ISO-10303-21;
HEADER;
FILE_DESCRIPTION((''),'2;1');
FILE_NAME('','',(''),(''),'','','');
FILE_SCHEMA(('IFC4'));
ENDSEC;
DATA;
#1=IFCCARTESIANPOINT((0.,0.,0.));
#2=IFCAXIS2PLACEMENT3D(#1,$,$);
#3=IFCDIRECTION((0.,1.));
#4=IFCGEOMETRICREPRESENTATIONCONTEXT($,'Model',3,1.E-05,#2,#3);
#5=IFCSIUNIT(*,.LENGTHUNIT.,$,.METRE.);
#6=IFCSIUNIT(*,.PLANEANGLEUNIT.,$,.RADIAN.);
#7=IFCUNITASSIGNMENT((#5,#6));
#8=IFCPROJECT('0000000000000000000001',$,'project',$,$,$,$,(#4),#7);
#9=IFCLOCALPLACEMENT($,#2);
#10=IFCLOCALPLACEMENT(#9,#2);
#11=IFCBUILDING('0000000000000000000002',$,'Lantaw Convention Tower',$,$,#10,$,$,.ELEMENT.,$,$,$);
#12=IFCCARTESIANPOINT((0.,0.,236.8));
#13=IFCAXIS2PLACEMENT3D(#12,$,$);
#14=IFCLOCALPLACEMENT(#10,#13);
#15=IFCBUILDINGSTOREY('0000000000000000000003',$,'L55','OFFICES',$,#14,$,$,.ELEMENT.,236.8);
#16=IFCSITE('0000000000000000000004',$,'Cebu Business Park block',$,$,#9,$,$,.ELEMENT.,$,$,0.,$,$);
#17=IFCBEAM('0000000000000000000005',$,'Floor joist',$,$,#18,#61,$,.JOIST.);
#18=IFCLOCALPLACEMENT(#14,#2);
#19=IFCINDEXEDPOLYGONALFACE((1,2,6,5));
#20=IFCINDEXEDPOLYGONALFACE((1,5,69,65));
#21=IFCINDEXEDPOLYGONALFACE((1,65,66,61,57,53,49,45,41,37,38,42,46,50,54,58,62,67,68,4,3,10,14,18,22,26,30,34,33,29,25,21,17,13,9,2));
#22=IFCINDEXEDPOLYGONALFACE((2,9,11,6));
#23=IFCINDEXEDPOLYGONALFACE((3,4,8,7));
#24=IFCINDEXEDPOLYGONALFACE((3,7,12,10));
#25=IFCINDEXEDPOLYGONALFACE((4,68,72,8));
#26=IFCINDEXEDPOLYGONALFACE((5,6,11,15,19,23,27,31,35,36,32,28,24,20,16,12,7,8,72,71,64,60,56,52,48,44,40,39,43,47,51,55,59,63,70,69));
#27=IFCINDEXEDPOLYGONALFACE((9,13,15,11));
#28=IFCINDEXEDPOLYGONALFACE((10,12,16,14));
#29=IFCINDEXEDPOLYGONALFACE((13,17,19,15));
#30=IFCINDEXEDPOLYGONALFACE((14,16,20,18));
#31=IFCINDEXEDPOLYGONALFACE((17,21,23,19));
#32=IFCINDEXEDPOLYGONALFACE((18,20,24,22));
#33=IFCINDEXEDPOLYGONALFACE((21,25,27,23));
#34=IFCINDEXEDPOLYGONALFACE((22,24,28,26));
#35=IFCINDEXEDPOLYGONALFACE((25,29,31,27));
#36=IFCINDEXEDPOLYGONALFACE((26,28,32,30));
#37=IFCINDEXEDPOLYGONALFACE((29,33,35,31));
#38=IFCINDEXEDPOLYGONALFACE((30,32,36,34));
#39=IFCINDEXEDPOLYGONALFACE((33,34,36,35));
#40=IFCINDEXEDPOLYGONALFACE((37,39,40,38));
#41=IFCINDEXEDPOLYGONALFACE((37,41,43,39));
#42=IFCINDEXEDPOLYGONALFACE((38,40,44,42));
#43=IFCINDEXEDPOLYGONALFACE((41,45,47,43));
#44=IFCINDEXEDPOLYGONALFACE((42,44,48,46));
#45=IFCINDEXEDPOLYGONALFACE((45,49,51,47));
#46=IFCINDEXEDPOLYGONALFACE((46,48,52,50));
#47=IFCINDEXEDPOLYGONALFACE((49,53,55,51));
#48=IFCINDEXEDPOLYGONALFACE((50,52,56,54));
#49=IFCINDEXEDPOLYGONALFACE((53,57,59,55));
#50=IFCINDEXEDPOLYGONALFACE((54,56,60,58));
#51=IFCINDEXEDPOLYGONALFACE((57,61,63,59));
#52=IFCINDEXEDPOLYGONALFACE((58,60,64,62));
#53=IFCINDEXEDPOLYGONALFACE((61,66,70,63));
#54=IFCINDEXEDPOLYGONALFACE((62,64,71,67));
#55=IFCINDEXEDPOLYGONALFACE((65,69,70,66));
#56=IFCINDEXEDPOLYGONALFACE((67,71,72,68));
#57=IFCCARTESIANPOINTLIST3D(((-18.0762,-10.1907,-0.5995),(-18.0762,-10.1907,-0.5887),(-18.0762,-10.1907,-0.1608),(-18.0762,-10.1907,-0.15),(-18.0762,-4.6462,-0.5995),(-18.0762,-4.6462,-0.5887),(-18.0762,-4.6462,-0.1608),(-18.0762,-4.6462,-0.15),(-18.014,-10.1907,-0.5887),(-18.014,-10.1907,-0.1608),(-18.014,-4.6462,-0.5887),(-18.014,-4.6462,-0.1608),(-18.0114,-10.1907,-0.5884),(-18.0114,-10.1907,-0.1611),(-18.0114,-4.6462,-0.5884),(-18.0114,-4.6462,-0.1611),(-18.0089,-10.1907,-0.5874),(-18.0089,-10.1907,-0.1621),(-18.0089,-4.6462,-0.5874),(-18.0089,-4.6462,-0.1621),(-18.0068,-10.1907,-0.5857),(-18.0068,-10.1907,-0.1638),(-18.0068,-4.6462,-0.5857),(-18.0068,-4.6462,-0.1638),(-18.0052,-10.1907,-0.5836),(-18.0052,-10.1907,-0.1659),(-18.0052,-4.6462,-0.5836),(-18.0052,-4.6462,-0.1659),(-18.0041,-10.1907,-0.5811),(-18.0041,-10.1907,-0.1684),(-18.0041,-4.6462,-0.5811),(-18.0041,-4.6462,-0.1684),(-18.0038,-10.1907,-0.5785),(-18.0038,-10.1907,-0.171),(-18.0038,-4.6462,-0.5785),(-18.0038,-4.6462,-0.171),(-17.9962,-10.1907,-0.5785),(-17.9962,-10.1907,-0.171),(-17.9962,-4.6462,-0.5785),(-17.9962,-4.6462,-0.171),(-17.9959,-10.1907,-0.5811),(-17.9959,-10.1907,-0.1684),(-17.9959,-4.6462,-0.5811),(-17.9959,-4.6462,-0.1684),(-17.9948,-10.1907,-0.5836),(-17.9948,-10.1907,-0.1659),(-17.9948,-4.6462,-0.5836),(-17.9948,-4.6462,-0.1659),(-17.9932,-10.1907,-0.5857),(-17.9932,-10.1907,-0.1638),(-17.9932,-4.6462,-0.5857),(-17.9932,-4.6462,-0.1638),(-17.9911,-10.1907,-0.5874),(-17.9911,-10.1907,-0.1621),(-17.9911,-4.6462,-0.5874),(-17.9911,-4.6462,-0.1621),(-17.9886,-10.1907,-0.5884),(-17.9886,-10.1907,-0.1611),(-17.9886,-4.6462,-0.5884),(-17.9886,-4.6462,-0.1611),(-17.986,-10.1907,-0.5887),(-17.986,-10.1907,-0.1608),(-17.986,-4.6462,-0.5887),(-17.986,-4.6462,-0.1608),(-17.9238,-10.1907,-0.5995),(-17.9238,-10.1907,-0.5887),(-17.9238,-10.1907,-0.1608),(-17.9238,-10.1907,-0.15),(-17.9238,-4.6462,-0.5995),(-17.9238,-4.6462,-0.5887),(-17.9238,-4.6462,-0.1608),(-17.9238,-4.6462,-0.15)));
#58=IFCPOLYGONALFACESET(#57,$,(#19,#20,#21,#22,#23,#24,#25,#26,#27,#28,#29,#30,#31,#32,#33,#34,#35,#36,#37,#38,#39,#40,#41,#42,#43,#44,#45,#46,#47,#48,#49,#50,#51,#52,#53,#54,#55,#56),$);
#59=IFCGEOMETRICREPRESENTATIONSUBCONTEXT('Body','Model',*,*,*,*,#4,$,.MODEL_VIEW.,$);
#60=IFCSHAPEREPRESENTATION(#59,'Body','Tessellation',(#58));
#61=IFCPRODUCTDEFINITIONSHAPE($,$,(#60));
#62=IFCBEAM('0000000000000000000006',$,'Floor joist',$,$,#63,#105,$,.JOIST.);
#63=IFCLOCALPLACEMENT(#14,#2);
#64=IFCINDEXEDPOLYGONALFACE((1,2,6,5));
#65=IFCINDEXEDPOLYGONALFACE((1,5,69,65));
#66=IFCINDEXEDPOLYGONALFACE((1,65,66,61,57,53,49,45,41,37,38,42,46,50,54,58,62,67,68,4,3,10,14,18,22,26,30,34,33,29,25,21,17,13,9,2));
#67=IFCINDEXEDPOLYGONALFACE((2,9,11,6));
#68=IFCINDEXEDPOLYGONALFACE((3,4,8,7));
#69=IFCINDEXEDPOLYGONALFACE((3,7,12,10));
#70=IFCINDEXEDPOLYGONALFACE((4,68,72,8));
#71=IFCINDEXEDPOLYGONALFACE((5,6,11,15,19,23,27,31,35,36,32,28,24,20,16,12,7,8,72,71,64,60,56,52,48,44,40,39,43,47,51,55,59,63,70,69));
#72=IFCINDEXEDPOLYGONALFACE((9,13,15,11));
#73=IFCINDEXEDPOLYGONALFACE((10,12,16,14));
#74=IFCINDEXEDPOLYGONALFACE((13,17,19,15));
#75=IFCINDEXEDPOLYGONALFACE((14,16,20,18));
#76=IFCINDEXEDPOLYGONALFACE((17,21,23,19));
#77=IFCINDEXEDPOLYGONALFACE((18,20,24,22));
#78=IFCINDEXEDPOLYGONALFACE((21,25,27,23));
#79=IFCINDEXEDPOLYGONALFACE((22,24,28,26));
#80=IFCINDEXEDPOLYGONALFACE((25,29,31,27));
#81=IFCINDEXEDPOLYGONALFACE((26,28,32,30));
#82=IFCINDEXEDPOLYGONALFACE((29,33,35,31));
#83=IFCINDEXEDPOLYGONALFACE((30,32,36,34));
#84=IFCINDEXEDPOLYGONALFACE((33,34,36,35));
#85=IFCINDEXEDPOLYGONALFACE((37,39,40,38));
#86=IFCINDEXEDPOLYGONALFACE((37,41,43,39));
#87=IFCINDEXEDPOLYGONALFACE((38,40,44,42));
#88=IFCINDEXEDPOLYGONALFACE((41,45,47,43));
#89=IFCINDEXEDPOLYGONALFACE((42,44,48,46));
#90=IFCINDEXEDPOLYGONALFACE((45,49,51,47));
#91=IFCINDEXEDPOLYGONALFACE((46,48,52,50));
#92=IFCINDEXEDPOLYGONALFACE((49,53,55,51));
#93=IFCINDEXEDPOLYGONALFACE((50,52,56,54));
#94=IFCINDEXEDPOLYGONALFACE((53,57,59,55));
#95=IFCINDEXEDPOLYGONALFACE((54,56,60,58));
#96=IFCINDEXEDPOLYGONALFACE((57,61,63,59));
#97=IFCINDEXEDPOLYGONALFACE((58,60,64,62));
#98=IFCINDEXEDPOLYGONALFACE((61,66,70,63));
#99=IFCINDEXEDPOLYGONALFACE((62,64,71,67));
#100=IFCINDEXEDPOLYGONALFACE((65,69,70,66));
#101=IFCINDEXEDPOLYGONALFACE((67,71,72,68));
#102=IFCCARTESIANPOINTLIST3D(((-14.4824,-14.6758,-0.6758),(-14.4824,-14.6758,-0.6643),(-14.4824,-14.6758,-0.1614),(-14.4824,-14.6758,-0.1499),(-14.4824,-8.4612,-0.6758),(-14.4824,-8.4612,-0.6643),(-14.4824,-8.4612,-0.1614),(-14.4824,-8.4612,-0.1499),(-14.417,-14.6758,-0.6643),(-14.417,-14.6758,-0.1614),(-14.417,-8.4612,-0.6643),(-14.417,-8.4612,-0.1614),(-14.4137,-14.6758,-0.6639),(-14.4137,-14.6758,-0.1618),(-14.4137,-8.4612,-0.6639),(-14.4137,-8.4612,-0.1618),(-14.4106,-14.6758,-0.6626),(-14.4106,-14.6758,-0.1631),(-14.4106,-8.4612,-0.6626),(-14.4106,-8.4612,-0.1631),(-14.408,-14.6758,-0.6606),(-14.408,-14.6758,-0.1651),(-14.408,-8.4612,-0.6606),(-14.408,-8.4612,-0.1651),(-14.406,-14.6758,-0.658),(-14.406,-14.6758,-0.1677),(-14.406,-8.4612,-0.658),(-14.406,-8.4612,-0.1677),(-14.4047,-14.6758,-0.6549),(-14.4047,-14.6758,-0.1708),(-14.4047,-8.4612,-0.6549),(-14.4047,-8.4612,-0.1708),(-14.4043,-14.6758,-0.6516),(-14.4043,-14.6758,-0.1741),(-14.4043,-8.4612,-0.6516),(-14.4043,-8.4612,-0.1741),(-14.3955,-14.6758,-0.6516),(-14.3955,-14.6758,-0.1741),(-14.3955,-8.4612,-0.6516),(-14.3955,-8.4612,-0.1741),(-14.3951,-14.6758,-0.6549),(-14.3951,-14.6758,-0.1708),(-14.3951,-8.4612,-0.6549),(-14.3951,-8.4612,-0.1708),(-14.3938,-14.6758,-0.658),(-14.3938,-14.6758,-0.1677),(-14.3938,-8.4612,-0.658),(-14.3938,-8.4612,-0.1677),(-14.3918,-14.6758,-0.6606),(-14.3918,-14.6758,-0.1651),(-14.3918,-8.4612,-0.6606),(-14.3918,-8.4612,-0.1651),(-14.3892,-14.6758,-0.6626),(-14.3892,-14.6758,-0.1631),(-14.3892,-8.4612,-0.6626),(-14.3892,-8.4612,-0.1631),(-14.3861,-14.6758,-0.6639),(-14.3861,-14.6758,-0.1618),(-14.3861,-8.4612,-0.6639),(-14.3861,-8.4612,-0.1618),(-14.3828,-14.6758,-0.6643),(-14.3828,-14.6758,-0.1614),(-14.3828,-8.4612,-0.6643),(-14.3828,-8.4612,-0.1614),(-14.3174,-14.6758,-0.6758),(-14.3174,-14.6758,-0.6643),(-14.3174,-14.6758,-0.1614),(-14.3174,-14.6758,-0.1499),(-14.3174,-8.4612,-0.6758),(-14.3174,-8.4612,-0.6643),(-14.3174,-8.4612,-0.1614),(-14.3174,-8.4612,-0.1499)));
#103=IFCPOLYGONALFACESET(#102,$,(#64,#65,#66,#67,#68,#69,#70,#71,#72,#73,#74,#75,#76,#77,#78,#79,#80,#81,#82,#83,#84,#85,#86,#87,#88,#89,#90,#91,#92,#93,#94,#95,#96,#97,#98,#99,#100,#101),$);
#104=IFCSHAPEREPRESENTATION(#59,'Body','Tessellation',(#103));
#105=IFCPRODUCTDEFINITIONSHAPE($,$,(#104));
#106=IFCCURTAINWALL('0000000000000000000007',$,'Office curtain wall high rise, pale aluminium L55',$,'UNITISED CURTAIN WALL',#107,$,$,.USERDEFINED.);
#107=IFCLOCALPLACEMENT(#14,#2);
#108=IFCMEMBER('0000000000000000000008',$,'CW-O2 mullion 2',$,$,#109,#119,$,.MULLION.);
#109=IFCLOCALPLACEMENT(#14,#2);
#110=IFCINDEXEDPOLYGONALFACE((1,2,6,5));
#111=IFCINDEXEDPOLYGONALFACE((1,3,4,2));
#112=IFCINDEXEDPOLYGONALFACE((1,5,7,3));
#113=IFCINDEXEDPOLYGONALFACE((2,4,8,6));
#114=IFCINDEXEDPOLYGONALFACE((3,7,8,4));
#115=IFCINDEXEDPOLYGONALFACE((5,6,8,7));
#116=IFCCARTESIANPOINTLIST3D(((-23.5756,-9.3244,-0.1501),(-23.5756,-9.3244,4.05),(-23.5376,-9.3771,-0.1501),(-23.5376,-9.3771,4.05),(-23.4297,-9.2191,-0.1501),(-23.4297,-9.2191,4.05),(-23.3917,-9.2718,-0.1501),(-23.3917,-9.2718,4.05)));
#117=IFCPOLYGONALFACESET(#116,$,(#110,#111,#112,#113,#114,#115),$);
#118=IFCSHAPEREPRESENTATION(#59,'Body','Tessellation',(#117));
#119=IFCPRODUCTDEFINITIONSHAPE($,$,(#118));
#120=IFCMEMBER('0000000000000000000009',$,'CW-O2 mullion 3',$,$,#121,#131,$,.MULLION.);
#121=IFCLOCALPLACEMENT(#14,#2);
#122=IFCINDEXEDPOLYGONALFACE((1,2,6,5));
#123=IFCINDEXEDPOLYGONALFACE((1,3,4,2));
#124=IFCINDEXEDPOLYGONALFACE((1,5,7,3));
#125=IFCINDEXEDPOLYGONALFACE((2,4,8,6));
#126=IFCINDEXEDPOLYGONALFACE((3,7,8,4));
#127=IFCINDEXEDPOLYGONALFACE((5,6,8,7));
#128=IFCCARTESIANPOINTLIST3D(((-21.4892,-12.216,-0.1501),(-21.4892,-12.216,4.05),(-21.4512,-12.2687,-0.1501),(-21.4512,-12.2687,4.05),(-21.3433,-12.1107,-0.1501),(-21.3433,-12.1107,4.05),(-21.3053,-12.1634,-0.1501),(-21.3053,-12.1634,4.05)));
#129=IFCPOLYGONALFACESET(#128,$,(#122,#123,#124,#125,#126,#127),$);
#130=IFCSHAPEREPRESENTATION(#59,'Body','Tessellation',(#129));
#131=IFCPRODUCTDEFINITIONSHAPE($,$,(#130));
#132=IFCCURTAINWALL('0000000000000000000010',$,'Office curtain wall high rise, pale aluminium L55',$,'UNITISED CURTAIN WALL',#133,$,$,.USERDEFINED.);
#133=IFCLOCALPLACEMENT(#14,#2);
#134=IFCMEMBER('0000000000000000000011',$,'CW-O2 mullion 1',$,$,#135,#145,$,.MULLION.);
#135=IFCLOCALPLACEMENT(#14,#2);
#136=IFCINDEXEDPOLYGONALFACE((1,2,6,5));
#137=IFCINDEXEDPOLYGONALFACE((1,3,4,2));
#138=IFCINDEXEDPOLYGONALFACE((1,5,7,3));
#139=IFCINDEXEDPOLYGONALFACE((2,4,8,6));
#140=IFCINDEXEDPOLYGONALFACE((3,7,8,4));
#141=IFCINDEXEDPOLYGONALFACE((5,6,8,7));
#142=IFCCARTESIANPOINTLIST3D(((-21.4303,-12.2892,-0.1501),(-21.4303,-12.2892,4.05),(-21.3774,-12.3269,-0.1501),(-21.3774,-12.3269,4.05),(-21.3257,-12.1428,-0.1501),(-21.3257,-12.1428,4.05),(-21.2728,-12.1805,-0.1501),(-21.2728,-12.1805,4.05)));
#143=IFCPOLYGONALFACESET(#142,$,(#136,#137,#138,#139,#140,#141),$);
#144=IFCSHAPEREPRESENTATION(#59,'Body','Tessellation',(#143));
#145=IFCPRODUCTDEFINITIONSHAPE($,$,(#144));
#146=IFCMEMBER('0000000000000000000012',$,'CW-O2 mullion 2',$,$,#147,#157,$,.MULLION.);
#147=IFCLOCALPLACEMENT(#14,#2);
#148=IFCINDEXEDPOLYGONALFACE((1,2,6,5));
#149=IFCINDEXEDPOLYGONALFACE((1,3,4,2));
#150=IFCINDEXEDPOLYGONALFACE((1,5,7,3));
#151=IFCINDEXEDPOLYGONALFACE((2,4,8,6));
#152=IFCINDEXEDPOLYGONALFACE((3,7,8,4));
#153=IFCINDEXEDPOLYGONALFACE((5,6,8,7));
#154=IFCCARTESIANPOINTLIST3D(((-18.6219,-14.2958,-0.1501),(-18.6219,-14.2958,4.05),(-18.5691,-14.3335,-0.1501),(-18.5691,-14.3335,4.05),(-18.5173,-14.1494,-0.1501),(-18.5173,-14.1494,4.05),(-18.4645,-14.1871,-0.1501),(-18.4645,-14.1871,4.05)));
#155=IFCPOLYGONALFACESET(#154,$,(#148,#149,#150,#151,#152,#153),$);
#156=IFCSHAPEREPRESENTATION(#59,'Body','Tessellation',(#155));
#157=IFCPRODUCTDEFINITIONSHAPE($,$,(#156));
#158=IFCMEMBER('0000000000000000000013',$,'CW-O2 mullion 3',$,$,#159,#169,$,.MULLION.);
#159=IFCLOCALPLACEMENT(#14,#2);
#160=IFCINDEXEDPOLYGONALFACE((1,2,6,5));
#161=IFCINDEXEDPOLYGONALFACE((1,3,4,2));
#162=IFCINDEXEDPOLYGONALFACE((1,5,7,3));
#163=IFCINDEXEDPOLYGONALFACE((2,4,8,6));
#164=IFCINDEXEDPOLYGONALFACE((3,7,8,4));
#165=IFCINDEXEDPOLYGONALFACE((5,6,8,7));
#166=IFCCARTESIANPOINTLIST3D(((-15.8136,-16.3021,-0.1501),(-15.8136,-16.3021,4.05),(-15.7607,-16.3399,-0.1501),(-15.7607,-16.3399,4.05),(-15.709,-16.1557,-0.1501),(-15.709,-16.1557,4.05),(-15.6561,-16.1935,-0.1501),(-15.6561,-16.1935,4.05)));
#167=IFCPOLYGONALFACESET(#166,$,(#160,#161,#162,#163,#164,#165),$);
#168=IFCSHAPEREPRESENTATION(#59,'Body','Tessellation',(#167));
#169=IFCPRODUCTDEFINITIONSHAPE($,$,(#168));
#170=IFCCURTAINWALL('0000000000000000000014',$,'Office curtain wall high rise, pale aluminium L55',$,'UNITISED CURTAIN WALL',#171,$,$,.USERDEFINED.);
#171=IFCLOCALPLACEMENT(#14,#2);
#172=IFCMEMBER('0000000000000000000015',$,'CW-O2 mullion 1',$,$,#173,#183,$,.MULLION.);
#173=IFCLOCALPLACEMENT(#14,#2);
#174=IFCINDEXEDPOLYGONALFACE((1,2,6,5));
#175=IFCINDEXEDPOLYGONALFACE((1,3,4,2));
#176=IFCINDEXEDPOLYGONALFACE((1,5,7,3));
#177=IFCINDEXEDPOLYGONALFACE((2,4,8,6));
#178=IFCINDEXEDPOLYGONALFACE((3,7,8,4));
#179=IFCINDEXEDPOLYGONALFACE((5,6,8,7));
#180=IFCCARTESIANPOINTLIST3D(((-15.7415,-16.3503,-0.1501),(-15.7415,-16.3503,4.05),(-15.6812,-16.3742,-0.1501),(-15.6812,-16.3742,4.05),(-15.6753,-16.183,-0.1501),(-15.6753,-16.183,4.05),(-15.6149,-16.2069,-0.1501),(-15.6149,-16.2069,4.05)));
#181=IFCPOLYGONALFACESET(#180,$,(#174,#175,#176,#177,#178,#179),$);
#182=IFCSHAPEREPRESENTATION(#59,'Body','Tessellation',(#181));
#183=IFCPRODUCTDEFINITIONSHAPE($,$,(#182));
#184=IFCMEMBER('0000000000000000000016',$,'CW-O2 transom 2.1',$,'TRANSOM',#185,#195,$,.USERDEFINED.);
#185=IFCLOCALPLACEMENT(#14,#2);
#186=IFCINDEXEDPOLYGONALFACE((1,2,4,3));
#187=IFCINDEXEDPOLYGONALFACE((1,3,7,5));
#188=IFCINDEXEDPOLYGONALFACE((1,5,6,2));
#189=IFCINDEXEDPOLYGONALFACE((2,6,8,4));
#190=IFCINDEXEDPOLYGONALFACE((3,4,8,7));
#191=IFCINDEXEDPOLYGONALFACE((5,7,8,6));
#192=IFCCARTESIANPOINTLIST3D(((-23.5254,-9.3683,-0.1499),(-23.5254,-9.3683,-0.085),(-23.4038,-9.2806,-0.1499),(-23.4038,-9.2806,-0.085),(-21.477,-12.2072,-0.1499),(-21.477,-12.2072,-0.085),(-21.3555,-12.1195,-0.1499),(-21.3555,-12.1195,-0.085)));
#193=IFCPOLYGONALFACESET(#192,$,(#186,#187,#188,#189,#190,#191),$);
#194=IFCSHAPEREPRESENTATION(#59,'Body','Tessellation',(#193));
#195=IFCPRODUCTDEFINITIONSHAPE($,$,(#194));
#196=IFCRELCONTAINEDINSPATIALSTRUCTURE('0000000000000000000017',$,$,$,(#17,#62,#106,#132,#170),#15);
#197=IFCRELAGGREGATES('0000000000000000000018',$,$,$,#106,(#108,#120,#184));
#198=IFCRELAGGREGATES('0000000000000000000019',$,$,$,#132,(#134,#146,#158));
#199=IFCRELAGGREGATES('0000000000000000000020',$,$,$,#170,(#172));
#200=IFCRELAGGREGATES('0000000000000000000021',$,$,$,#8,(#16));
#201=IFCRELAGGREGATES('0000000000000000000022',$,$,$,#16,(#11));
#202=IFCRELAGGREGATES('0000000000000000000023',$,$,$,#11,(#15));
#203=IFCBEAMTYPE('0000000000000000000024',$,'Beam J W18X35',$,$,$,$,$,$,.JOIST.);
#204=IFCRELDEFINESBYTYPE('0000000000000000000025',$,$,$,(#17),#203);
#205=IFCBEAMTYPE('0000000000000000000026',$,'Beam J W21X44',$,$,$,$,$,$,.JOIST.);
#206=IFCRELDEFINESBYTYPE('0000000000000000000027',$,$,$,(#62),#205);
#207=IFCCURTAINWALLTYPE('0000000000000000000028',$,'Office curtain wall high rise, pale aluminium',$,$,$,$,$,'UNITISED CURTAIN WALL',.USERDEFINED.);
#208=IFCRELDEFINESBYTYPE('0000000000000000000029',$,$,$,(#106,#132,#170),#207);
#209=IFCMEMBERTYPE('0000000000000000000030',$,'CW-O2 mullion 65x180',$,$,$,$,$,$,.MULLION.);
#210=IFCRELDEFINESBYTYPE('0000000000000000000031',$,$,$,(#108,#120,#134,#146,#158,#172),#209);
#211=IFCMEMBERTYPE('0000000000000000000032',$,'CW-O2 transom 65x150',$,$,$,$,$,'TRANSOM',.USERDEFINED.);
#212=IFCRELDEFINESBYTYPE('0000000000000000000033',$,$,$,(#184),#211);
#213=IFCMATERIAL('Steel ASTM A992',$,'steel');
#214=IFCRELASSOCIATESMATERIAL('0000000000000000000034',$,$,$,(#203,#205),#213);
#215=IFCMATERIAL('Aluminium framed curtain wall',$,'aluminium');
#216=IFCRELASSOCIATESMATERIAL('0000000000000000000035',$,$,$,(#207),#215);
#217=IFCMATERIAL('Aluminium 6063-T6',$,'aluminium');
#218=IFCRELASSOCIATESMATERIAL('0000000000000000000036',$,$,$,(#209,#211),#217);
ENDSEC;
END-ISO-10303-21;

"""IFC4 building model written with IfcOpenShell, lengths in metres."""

from ifc_helpers import new_model, si_unit, direction, frame, origin, origin_2d, place, context, subcontext, project, spatial, rectangle, i_section, extrude, material, material_profile, profile_set, type_object, element, aggregate, save


model = new_model("IFC4")

# Units and contexts
model_context = context("Model", 3, precision=1e-05, world=origin(), true_north=direction((0.0, 1.0)))
body_context = subcontext(model_context, "Body", "Model", "MODEL_VIEW")
ifc_project = project(units=[si_unit("LENGTHUNIT", "METRE"), si_unit("PLANEANGLEUNIT", "RADIAN")], contexts=[model_context])

# Site, building, storey
site_placement = place(None, origin())
site = spatial("IfcSite", under=ifc_project, at=site_placement, Name="Cebu Business Park block", CompositionType="ELEMENT", RefElevation=0.0)
building_placement = place(site_placement, origin())
building = spatial("IfcBuilding", under=site, at=building_placement, Name="Lantaw Convention Tower", CompositionType="ELEMENT")
storey_placement = place(building_placement, frame((0.0, 0.0, 236.8)))
storey = spatial("IfcBuildingStorey", under=building, at=storey_placement, Name="L55", Description="OFFICES", CompositionType="ELEMENT", Elevation=236.8)

# Beams
ifc_material_1 = material(Name="Steel ASTM A992", Category="steel")
ifc_material_profile_1 = material_profile(ifc_material_1, i_section(OverallWidth=0.1523, OverallDepth=0.4495, WebThickness=0.0076, FlangeThickness=0.0107, FilletRadius=0.0103, at=origin_2d()), Name="W18X35")
ifc_profile_set_1 = profile_set([ifc_material_profile_1], Name="Steel ASTM A992")
beam_type_1 = type_object("IfcBeamType", Name="Beam J W18X35", PredefinedType="JOIST", material=ifc_profile_set_1)
beam_1_placement = place(storey_placement, frame((-18.0, -10.1907, -0.3748), z_axis=(0.0, 1.0, 0.0), x_axis=(-1.0, 0.0, 0.0)))
element("IfcBeam", 1, at=beam_1_placement, inside=storey, type_object=beam_type_1, Name="Floor joist", PredefinedType="JOIST", context=body_context, shape_type="SweptSolid", body=[
    extrude(i_section(OverallWidth=0.1523, OverallDepth=0.4495, WebThickness=0.0076, FlangeThickness=0.0107, FilletRadius=0.0103, at=origin_2d()), origin(), (0.0, 0.0, 1.0), 5.5444),
])
ifc_material_profile_2 = material_profile(ifc_material_1, i_section(OverallWidth=0.165, OverallDepth=0.5259, WebThickness=0.0088, FlangeThickness=0.0115, FilletRadius=0.0127, at=origin_2d()), Name="W21X44")
ifc_profile_set_2 = profile_set([ifc_material_profile_2], Name="Steel ASTM A992")
beam_type_2 = type_object("IfcBeamType", Name="Beam J W21X44", PredefinedType="JOIST", material=ifc_profile_set_2)
beam_2_placement = place(storey_placement, frame((-14.3999, -14.6758, -0.4128), z_axis=(0.0, 1.0, 0.0), x_axis=(-1.0, 0.0, 0.0)))
element("IfcBeam", 2, at=beam_2_placement, inside=storey, type_object=beam_type_2, Name="Floor joist", PredefinedType="JOIST", context=body_context, shape_type="SweptSolid", body=[
    extrude(i_section(OverallWidth=0.165, OverallDepth=0.5259, WebThickness=0.0088, FlangeThickness=0.0115, FilletRadius=0.0127, at=origin_2d()), origin(), (0.0, 0.0, 1.0), 6.2146),
])

# Curtain walls, members
ifc_material_2 = material(Name="Aluminium framed curtain wall", Category="aluminium")
curtain_wall_type = type_object("IfcCurtainWallType", Name="Office curtain wall high rise, pale aluminium", ElementType="UNITISED CURTAIN WALL", PredefinedType="USERDEFINED", material=ifc_material_2)
curtain_wall_1_placement = place(storey_placement, origin())
curtain_wall_1 = element("IfcCurtainWall", 3, at=curtain_wall_1_placement, inside=storey, type_object=curtain_wall_type, Name="Office curtain wall high rise, pale aluminium L55", ObjectType="UNITISED CURTAIN WALL", PredefinedType="USERDEFINED")
ifc_material_3 = material(Name="Aluminium 6063-T6", Category="aluminium")
ifc_material_profile_3 = material_profile(ifc_material_3, rectangle(XDim=0.1799, YDim=0.0649, at=origin_2d()), Name="CW-O2 mullion 65x180")
ifc_profile_set_3 = profile_set([ifc_material_profile_3], Name="Aluminium 6063-T6")
member_type_1 = type_object("IfcMemberType", Name="CW-O2 mullion 65x180", PredefinedType="MULLION", material=ifc_profile_set_3)
member_1_placement = place(storey_placement, frame((-23.4836, -9.2981, -0.1501), z_axis=(0.0, 0.0, 1.0), x_axis=(0.81092, 0.585158, 0.0)))
member_1 = element("IfcMember", 4, at=member_1_placement, type_object=member_type_1, Name="CW-O2 mullion 2", PredefinedType="MULLION", context=body_context, shape_type="SweptSolid", body=[
    extrude(rectangle(XDim=0.1799, YDim=0.0649, at=origin_2d()), origin(), (0.0, 0.0, 1.0), 4.2002),
])
member_2_placement = place(storey_placement, frame((-21.3972, -12.1897, -0.1501), z_axis=(0.0, 0.0, 1.0), x_axis=(0.81092, 0.585158, 0.0)))
member_2 = element("IfcMember", 5, at=member_2_placement, type_object=member_type_1, Name="CW-O2 mullion 3", PredefinedType="MULLION", context=body_context, shape_type="SweptSolid", body=[
    extrude(rectangle(XDim=0.1799, YDim=0.0649, at=origin_2d()), origin(), (0.0, 0.0, 1.0), 4.2002),
])
curtain_wall_2_placement = place(storey_placement, origin())
curtain_wall_2 = element("IfcCurtainWall", 6, at=curtain_wall_2_placement, inside=storey, type_object=curtain_wall_type, Name="Office curtain wall high rise, pale aluminium L55", ObjectType="UNITISED CURTAIN WALL", PredefinedType="USERDEFINED")
member_3_placement = place(storey_placement, frame((-21.3516, -12.2349, -0.1501), z_axis=(0.0, 0.0, 1.0), x_axis=(0.581323, 0.813673, 0.0)))
member_3 = element("IfcMember", 7, at=member_3_placement, type_object=member_type_1, Name="CW-O2 mullion 1", PredefinedType="MULLION", context=body_context, shape_type="SweptSolid", body=[
    extrude(rectangle(XDim=0.1799, YDim=0.0649, at=origin_2d()), origin(), (0.0, 0.0, 1.0), 4.2002),
])
member_4_placement = place(storey_placement, frame((-18.5432, -14.2415, -0.1501), z_axis=(0.0, 0.0, 1.0), x_axis=(0.581323, 0.813673, 0.0)))
member_4 = element("IfcMember", 8, at=member_4_placement, type_object=member_type_1, Name="CW-O2 mullion 2", PredefinedType="MULLION", context=body_context, shape_type="SweptSolid", body=[
    extrude(rectangle(XDim=0.1799, YDim=0.0649, at=origin_2d()), origin(), (0.0, 0.0, 1.0), 4.2002),
])
member_5_placement = place(storey_placement, frame((-15.7349, -16.2478, -0.1501), z_axis=(0.0, 0.0, 1.0), x_axis=(0.581323, 0.813673, 0.0)))
member_5 = element("IfcMember", 9, at=member_5_placement, type_object=member_type_1, Name="CW-O2 mullion 3", PredefinedType="MULLION", context=body_context, shape_type="SweptSolid", body=[
    extrude(rectangle(XDim=0.1799, YDim=0.0649, at=origin_2d()), origin(), (0.0, 0.0, 1.0), 4.2002),
])

# Curtain wall, member
curtain_wall_3_placement = place(storey_placement, origin())
curtain_wall_3 = element("IfcCurtainWall", 10, at=curtain_wall_3_placement, inside=storey, type_object=curtain_wall_type, Name="Office curtain wall high rise, pale aluminium L55", ObjectType="UNITISED CURTAIN WALL", PredefinedType="USERDEFINED")
member_6_placement = place(storey_placement, frame((-15.6782, -16.2786, -0.1501), z_axis=(0.0, 0.0, 1.0), x_axis=(0.368162, 0.929762, 0.0)))
member_6 = element("IfcMember", 11, at=member_6_placement, type_object=member_type_1, Name="CW-O2 mullion 1", PredefinedType="MULLION", context=body_context, shape_type="SweptSolid", body=[
    extrude(rectangle(XDim=0.1799, YDim=0.0649, at=origin_2d()), origin(), (0.0, 0.0, 1.0), 4.2002),
])

# Member
ifc_material_profile_4 = material_profile(ifc_material_3, rectangle(XDim=0.1499, YDim=0.0649, at=origin_2d()), Name="CW-O2 transom 65x150")
ifc_profile_set_4 = profile_set([ifc_material_profile_4], Name="Aluminium 6063-T6")
member_type_2 = type_object("IfcMemberType", Name="CW-O2 transom 65x150", ElementType="TRANSOM", PredefinedType="USERDEFINED", material=ifc_profile_set_4)
member_7_placement = place(storey_placement, frame((-23.4646, -9.3245, -0.1174), z_axis=(0.585124, -0.810944, 0.0), x_axis=(0.810944, 0.585124, 0.0)))
member_7 = element("IfcMember", 12, at=member_7_placement, type_object=member_type_2, Name="CW-O2 transom 2.1", ObjectType="TRANSOM", PredefinedType="USERDEFINED", context=body_context, shape_type="SweptSolid", body=[
    extrude(rectangle(XDim=0.1499, YDim=0.0649, at=origin_2d()), origin(), (0.0, 0.0, 1.0), 3.5007),
])

aggregate(curtain_wall_1, [member_1, member_2, member_7])
aggregate(curtain_wall_2, [member_3, member_4, member_5])
aggregate(curtain_wall_3, [member_6])

save(model, "model.ifc")
